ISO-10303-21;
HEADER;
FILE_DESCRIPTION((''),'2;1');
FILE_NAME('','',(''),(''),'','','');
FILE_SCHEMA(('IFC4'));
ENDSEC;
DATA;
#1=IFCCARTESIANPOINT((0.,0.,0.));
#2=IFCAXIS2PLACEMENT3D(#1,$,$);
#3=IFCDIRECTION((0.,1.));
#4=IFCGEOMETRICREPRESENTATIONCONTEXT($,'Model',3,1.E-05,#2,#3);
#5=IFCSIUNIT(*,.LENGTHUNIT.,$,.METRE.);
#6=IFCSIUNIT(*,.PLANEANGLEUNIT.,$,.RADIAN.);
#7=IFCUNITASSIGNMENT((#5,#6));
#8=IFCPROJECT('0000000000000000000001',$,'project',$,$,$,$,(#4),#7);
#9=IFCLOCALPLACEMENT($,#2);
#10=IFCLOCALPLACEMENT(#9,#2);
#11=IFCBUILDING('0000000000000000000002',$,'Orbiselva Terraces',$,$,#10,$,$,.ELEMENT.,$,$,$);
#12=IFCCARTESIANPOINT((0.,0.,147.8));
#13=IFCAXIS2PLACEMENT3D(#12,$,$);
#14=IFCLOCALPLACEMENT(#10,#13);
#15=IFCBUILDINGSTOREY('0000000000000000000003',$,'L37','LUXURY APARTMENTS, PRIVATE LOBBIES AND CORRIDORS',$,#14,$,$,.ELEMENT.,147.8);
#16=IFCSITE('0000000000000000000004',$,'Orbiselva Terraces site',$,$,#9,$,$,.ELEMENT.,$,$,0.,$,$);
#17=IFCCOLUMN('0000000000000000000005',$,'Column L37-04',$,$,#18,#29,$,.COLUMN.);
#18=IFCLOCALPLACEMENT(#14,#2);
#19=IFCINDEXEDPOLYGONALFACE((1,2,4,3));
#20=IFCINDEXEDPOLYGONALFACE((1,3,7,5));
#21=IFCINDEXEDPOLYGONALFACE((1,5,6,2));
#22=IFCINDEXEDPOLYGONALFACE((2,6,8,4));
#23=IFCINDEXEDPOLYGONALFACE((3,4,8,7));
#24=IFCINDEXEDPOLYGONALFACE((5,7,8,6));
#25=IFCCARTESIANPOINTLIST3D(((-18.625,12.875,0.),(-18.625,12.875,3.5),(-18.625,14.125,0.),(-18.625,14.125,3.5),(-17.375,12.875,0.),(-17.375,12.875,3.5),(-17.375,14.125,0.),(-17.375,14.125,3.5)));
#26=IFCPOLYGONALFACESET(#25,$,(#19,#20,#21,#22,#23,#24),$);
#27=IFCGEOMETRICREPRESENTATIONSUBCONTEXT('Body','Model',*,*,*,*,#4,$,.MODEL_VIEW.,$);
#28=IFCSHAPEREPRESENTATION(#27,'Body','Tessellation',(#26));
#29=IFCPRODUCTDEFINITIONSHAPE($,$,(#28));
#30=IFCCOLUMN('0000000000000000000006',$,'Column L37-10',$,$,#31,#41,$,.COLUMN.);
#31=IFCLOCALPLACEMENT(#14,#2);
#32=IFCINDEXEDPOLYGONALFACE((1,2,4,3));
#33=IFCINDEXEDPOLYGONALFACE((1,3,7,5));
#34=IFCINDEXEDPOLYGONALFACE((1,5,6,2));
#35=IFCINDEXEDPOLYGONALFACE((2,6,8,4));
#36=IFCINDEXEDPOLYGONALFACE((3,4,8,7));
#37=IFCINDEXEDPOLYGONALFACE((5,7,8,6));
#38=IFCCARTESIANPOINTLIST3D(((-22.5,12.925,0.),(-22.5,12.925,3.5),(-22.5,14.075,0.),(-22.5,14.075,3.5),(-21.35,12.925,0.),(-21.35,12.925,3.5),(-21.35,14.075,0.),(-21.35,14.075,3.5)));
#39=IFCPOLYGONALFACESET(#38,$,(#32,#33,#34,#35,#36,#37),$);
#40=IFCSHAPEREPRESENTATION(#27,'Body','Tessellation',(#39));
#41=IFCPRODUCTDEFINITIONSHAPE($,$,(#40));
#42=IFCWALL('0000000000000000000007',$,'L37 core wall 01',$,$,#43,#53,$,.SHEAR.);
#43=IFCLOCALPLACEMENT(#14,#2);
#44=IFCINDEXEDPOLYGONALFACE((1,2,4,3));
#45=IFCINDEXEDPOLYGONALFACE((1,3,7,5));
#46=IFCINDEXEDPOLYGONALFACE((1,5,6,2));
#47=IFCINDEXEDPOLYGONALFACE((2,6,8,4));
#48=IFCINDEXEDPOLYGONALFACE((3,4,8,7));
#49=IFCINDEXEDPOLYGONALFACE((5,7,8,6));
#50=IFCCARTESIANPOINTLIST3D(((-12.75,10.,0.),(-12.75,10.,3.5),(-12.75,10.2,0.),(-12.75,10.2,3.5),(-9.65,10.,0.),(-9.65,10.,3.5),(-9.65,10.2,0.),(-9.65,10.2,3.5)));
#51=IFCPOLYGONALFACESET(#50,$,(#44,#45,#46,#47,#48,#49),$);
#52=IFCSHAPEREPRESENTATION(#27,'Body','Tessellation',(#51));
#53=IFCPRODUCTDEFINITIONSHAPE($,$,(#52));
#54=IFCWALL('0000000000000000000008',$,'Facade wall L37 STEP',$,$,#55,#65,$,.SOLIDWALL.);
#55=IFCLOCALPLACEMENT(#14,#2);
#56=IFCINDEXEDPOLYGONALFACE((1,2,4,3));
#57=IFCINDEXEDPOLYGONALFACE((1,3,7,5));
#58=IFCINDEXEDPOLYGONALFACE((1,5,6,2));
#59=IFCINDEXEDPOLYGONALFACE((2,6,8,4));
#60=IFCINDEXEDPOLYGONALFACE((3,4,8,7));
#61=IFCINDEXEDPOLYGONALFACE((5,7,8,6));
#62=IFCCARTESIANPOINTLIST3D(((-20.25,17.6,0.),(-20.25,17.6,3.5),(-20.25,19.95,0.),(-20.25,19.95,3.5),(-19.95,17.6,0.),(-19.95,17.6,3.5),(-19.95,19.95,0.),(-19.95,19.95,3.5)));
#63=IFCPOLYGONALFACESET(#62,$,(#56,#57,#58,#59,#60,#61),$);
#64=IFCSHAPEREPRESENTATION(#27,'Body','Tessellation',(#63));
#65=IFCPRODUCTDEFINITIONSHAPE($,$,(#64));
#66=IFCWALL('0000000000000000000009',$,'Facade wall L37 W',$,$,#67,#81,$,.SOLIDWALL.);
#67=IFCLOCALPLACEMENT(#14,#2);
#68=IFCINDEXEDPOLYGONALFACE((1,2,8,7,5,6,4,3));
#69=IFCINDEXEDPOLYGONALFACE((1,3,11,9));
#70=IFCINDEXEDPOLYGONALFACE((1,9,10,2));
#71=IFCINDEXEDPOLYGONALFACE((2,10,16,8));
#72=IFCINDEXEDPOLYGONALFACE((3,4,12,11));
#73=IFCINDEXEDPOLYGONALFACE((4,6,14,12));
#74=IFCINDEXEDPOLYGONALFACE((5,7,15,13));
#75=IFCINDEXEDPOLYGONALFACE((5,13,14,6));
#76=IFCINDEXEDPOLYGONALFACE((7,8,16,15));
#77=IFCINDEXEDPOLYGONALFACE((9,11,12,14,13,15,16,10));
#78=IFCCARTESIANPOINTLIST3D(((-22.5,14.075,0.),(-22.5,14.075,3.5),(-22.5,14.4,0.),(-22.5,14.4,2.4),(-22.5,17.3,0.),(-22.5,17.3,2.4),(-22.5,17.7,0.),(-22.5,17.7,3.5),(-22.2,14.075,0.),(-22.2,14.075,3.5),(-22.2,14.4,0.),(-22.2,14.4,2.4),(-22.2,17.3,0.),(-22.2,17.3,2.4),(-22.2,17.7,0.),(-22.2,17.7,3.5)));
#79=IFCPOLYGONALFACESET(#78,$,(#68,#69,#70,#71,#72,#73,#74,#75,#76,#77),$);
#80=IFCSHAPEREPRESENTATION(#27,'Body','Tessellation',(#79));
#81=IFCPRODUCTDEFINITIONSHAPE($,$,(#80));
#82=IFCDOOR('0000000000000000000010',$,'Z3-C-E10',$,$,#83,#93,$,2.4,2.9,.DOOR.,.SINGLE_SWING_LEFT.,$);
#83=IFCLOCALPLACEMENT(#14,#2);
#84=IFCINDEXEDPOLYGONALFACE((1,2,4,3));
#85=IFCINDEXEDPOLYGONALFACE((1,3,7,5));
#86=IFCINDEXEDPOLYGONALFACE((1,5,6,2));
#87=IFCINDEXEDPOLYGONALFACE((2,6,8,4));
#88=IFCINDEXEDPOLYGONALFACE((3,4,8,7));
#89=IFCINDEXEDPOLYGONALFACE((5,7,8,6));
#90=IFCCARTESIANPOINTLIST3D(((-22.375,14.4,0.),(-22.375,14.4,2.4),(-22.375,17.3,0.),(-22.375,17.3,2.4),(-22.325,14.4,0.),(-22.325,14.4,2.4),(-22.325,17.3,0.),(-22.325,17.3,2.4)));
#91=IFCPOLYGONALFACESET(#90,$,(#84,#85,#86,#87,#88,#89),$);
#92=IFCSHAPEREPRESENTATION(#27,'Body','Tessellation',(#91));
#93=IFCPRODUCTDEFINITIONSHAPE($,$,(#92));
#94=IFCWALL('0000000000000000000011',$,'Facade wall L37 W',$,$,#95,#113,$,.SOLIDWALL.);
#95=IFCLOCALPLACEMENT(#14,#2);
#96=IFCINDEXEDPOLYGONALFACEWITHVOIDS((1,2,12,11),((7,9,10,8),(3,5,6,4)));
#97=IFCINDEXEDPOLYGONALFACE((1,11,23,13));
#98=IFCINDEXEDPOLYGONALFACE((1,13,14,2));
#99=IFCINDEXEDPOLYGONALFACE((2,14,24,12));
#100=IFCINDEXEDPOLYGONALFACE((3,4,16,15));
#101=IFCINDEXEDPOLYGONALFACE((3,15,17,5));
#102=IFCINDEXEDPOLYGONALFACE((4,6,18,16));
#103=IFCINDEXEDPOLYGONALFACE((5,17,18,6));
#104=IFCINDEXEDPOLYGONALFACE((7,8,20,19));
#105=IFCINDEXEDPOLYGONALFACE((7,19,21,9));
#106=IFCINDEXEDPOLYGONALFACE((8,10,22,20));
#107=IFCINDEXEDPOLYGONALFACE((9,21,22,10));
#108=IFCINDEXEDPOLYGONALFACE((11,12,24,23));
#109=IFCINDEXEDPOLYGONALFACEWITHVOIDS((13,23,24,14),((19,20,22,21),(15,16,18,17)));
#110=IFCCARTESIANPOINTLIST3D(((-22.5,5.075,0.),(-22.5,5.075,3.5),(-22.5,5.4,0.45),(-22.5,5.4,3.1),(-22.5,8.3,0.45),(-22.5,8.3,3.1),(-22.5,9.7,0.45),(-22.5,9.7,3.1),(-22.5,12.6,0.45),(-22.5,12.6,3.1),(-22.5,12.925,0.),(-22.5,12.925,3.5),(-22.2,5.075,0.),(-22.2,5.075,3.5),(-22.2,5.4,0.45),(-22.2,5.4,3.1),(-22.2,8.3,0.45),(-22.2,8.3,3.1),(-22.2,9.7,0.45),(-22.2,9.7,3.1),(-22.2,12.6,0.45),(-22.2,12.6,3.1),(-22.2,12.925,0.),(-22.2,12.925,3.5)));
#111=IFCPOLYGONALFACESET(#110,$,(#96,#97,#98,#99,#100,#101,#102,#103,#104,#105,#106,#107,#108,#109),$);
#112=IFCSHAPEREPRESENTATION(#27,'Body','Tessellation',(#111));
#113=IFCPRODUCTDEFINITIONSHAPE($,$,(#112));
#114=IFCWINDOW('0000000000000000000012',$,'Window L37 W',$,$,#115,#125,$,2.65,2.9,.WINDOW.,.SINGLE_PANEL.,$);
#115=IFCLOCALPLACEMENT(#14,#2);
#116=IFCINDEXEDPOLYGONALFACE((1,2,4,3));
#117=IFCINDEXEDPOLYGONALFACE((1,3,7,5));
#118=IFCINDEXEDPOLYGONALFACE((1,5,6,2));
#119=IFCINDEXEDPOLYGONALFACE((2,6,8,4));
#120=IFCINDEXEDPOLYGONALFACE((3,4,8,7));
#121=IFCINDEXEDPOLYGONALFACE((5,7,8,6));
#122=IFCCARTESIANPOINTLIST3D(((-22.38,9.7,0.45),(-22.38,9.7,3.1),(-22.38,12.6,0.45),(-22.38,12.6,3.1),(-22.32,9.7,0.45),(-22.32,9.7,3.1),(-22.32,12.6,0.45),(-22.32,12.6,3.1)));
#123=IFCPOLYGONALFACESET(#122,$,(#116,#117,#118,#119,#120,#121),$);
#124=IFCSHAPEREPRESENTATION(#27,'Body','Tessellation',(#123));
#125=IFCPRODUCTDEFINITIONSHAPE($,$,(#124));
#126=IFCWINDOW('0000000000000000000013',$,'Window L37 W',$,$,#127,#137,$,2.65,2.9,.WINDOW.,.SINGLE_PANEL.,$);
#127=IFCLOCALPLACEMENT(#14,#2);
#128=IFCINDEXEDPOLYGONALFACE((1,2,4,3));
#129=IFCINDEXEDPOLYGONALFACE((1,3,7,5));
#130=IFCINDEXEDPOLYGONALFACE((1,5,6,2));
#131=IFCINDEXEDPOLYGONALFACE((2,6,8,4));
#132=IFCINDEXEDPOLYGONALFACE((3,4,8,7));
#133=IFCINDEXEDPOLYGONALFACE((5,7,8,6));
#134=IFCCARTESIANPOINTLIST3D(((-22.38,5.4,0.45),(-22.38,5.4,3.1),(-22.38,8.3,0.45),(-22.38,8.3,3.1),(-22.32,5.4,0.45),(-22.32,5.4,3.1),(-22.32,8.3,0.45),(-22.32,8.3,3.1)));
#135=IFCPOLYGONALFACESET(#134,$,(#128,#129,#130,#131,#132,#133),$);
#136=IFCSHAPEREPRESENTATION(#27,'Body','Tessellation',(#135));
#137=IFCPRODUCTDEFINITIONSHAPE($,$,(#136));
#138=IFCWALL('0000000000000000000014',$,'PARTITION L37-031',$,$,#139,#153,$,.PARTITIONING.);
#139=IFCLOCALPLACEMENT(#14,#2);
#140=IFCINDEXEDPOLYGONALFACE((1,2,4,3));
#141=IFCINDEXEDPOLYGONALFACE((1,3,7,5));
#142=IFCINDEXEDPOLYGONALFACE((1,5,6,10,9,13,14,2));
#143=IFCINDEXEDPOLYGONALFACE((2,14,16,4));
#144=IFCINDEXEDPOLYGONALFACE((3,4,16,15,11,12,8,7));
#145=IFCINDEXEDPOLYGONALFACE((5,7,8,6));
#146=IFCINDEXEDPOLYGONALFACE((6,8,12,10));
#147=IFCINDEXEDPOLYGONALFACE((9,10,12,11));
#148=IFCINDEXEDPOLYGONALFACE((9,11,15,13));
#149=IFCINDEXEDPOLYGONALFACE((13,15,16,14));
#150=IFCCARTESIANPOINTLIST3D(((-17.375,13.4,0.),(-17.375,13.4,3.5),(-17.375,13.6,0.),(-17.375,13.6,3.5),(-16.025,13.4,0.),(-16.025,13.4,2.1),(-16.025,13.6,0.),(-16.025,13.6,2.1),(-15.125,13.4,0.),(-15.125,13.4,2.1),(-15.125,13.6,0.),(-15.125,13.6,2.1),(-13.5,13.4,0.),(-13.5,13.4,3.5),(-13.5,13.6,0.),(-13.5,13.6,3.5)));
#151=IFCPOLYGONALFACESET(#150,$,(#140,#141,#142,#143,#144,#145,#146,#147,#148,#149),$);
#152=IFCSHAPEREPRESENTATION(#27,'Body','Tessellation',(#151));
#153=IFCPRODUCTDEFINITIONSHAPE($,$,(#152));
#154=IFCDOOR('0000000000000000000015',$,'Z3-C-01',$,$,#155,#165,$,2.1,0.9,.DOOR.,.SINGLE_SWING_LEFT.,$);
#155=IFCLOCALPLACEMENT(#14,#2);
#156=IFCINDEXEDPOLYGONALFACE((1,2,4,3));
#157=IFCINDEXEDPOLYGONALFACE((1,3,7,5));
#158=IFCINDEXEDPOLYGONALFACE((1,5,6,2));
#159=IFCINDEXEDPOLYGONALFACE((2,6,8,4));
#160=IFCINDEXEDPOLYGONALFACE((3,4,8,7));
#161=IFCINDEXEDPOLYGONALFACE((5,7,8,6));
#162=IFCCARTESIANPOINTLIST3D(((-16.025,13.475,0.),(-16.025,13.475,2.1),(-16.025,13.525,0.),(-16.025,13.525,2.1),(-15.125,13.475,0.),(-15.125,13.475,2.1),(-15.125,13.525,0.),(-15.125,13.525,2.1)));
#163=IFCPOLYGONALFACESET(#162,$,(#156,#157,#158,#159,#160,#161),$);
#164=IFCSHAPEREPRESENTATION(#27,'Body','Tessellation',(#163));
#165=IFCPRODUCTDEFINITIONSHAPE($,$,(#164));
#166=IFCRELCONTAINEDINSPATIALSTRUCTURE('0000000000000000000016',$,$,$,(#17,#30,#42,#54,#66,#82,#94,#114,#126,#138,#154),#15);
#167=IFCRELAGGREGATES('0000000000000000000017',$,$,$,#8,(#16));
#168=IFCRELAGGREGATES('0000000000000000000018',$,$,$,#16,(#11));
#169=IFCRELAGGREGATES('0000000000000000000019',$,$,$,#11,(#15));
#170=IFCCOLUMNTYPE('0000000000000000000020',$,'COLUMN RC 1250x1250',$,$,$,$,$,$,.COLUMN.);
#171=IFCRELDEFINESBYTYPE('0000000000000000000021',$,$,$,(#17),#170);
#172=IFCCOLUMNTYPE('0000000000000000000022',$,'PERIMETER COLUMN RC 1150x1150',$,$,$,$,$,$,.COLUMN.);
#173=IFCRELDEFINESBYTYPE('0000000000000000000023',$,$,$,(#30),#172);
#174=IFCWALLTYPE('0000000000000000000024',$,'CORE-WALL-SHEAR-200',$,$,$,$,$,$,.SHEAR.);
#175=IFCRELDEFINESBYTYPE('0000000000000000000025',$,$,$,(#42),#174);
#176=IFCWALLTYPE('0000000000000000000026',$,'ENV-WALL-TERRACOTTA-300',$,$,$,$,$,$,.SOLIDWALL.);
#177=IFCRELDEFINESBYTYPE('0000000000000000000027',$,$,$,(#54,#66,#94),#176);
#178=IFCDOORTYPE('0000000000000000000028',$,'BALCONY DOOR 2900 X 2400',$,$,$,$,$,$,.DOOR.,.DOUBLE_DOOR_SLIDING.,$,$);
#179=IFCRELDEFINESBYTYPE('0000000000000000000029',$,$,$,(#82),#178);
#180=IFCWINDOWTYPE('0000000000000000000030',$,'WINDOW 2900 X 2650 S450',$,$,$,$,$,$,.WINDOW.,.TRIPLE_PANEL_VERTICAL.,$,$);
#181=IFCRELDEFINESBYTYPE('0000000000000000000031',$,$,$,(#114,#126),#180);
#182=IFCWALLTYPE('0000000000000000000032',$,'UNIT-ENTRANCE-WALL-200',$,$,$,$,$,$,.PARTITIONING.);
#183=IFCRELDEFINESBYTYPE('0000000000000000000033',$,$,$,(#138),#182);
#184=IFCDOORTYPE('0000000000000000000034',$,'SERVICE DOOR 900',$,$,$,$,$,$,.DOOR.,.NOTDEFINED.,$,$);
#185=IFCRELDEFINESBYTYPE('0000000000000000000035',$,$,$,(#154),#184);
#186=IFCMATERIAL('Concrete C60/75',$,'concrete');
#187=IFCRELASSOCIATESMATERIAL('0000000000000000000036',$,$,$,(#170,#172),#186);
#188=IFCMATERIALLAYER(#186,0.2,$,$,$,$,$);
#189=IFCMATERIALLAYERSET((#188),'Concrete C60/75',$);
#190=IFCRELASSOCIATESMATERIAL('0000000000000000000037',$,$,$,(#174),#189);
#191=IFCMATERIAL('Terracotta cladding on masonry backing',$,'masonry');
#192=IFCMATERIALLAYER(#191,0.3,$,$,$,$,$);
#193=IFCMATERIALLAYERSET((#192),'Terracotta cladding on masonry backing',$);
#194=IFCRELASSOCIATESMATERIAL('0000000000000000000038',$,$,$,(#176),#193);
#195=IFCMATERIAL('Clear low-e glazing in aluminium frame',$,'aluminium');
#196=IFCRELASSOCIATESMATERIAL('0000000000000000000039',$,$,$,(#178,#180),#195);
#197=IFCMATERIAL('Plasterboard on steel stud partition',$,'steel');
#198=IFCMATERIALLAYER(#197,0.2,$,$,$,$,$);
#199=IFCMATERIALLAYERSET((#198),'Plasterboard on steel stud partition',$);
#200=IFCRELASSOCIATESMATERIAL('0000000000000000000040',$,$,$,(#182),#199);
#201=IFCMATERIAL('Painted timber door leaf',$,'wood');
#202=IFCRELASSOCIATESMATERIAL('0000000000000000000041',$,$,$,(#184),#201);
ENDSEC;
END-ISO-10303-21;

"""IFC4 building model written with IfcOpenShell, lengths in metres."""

from ifc_helpers import new_model, si_unit, direction, frame, frame_2d, origin, origin_2d, place, context, subcontext, project, spatial, rectangle, extrude, material, layer, layer_set, material_profile, profile_set, type_object, element, fill, save


model = new_model("IFC4")

# Units and contexts
model_context = context("Model", 3, precision=1e-05, world=origin(), true_north=direction((0.0, 1.0)))
body_context = subcontext(model_context, "Body", "Model", "MODEL_VIEW")
ifc_project = project(units=[si_unit("LENGTHUNIT", "METRE"), si_unit("PLANEANGLEUNIT", "RADIAN")], contexts=[model_context])

# Site, building, storey
site_placement = place(None, origin())
site = spatial("IfcSite", under=ifc_project, at=site_placement, Name="Orbiselva Terraces site", CompositionType="ELEMENT", RefElevation=0.0)
building_placement = place(site_placement, origin())
building = spatial("IfcBuilding", under=site, at=building_placement, Name="Orbiselva Terraces", CompositionType="ELEMENT")
storey_placement = place(building_placement, frame((0.0, 0.0, 147.8)))
storey = spatial("IfcBuildingStorey", under=building, at=storey_placement, Name="L37", Description="LUXURY APARTMENTS, PRIVATE LOBBIES AND CORRIDORS", CompositionType="ELEMENT", Elevation=147.8)

# Columns
ifc_material_1 = material(Name="Concrete C60/75", Category="concrete")
ifc_material_profile_1 = material_profile(ifc_material_1, rectangle(XDim=1.25, YDim=1.25, at=origin_2d()), Name="RC 1250x1250")
ifc_profile_set_1 = profile_set([ifc_material_profile_1], Name="Concrete C60/75")
column_type_1 = type_object("IfcColumnType", Name="COLUMN RC 1250x1250", PredefinedType="COLUMN", material=ifc_profile_set_1)
column_1_placement = place(storey_placement, frame((-18.0, 13.5, 0.0), z_axis=(0.0, 0.0, 1.0), x_axis=(1.0, 0.0, 0.0)))
element("IfcColumn", 1, at=column_1_placement, inside=storey, type_object=column_type_1, Name="Column L37-04", PredefinedType="COLUMN", context=body_context, shape_type="SweptSolid", body=[
    extrude(rectangle(XDim=1.25, YDim=1.25, at=origin_2d()), origin(), (0.0, 0.0, 1.0), 3.5),
])
ifc_material_profile_2 = material_profile(ifc_material_1, rectangle(XDim=1.15, YDim=1.15, at=origin_2d()), Name="RC 1150x1150")
ifc_profile_set_2 = profile_set([ifc_material_profile_2], Name="Concrete C60/75")
column_type_2 = type_object("IfcColumnType", Name="PERIMETER COLUMN RC 1150x1150", PredefinedType="COLUMN", material=ifc_profile_set_2)
column_2_placement = place(storey_placement, frame((-21.925, 13.5, 0.0), z_axis=(0.0, 0.0, 1.0), x_axis=(1.0, 0.0, 0.0)))
element("IfcColumn", 2, at=column_2_placement, inside=storey, type_object=column_type_2, Name="Column L37-10", PredefinedType="COLUMN", context=body_context, shape_type="SweptSolid", body=[
    extrude(rectangle(XDim=1.15, YDim=1.15, at=origin_2d()), origin(), (0.0, 0.0, 1.0), 3.5),
])

# Walls
ifc_layer_1 = layer(ifc_material_1, 0.2)
ifc_layer_set_1 = layer_set([ifc_layer_1], Name="Concrete C60/75")
wall_type_1 = type_object("IfcWallType", Name="CORE-WALL-SHEAR-200", PredefinedType="SHEAR", material=ifc_layer_set_1)
wall_1_placement = place(storey_placement, frame((-12.75, 10.1, 0.0), z_axis=(0.0, 0.0, 1.0), x_axis=(1.0, 0.0, 0.0)))
element("IfcWall", 3, at=wall_1_placement, inside=storey, type_object=wall_type_1, Name="L37 core wall 01", PredefinedType="SHEAR", context=body_context, shape_type="SweptSolid", body=[
    extrude(rectangle(XDim=3.1, YDim=0.2, at=frame_2d((1.55, 0.0))), origin(), (0.0, 0.0, 1.0), 3.5),
])
ifc_material_2 = material(Name="Terracotta cladding on masonry backing", Category="masonry")
ifc_layer_2 = layer(ifc_material_2, 0.3)
ifc_layer_set_2 = layer_set([ifc_layer_2], Name="Terracotta cladding on masonry backing")
wall_type_2 = type_object("IfcWallType", Name="ENV-WALL-TERRACOTTA-300", PredefinedType="SOLIDWALL", material=ifc_layer_set_2)
wall_2_placement = place(storey_placement, frame((-20.1, 17.6, 0.0), z_axis=(0.0, 0.0, 1.0), x_axis=(0.0, 1.0, 0.0)))
element("IfcWall", 4, at=wall_2_placement, inside=storey, type_object=wall_type_2, Name="Facade wall L37 STEP", PredefinedType="SOLIDWALL", context=body_context, shape_type="SweptSolid", body=[
    extrude(rectangle(XDim=2.35, YDim=0.3, at=frame_2d((1.175, 0.0))), origin(), (0.0, 0.0, 1.0), 3.5),
])

# Wall, opening, door
wall_3_placement = place(storey_placement, frame((-22.35, 14.075, 0.0), z_axis=(0.0, 0.0, 1.0), x_axis=(0.0, 1.0, 0.0)))
wall_3 = element("IfcWall", 5, at=wall_3_placement, inside=storey, type_object=wall_type_2, Name="Facade wall L37 W", PredefinedType="SOLIDWALL", context=body_context, shape_type="SweptSolid", body=[
    extrude(rectangle(XDim=3.625, YDim=0.3, at=frame_2d((1.8125, 0.0))), origin(), (0.0, 0.0, 1.0), 3.5),
])
opening_1_placement = place(wall_3_placement, frame((0.325, 0.0, 0.0)))
opening_1 = element("IfcOpeningElement", 6, at=opening_1_placement, cuts=wall_3, PredefinedType="OPENING", context=body_context, shape_type="SweptSolid", body=[
    extrude(rectangle(XDim=2.9, YDim=2.4, at=frame_2d((1.45, 1.2))), frame((0.0, 0.16, 0.0), z_axis=(0.0, -1.0, 0.0), x_axis=(1.0, 0.0, 0.0)), (0.0, 0.0, 1.0), 0.32),
])
ifc_material_3 = material(Name="Clear low-e glazing in aluminium frame", Category="aluminium")
door_type_1 = type_object("IfcDoorType", Name="BALCONY DOOR 2900 X 2400", OperationType="DOUBLE_DOOR_SLIDING", PredefinedType="DOOR", material=ifc_material_3)
door_1_placement = place(opening_1_placement, origin())
door_1 = element("IfcDoor", 7, at=door_1_placement, inside=storey, type_object=door_type_1, Name="Z3-C-E10", OperationType="SINGLE_SWING_LEFT", OverallHeight=2.4, OverallWidth=2.9, PredefinedType="DOOR", context=body_context, shape_type="SweptSolid", body=[
    extrude(rectangle(XDim=2.9, YDim=2.4, at=frame_2d((1.45, 1.2))), frame((0.0, 0.025, 0.0), z_axis=(0.0, -1.0, 0.0), x_axis=(1.0, 0.0, 0.0)), (0.0, 0.0, 1.0), 0.05),
])
fill(opening_1, door_1)

# Wall, openings, windows
wall_4_placement = place(storey_placement, frame((-22.35, 5.075, 0.0), z_axis=(0.0, 0.0, 1.0), x_axis=(0.0, 1.0, 0.0)))
wall_4 = element("IfcWall", 8, at=wall_4_placement, inside=storey, type_object=wall_type_2, Name="Facade wall L37 W", PredefinedType="SOLIDWALL", context=body_context, shape_type="SweptSolid", body=[
    extrude(rectangle(XDim=7.85, YDim=0.3, at=frame_2d((3.925, 0.0))), origin(), (0.0, 0.0, 1.0), 3.5),
])
opening_2_placement = place(wall_4_placement, frame((4.625, 0.0, 0.45)))
opening_2 = element("IfcOpeningElement", 9, at=opening_2_placement, cuts=wall_4, PredefinedType="OPENING", context=body_context, shape_type="SweptSolid", body=[
    extrude(rectangle(XDim=2.9, YDim=2.65, at=frame_2d((1.45, 1.325))), frame((0.0, 0.16, 0.0), z_axis=(0.0, -1.0, 0.0), x_axis=(1.0, 0.0, 0.0)), (0.0, 0.0, 1.0), 0.32),
])
opening_3_placement = place(wall_4_placement, frame((0.325, 0.0, 0.45)))
opening_3 = element("IfcOpeningElement", 10, at=opening_3_placement, cuts=wall_4, PredefinedType="OPENING", context=body_context, shape_type="SweptSolid", body=[
    extrude(rectangle(XDim=2.9, YDim=2.65, at=frame_2d((1.45, 1.325))), frame((0.0, 0.16, 0.0), z_axis=(0.0, -1.0, 0.0), x_axis=(1.0, 0.0, 0.0)), (0.0, 0.0, 1.0), 0.32),
])
window_type = type_object("IfcWindowType", Name="WINDOW 2900 X 2650 S450", PartitioningType="TRIPLE_PANEL_VERTICAL", PredefinedType="WINDOW", material=ifc_material_3)
window_1_placement = place(opening_2_placement, origin())
window_1 = element("IfcWindow", 11, at=window_1_placement, inside=storey, type_object=window_type, Name="Window L37 W", OverallHeight=2.65, OverallWidth=2.9, PartitioningType="SINGLE_PANEL", PredefinedType="WINDOW", context=body_context, shape_type="SweptSolid", body=[
    extrude(rectangle(XDim=2.9, YDim=2.65, at=frame_2d((1.45, 1.325))), frame((0.0, 0.03, 0.0), z_axis=(0.0, -1.0, 0.0), x_axis=(1.0, 0.0, 0.0)), (0.0, 0.0, 1.0), 0.06),
])
fill(opening_2, window_1)
window_2_placement = place(opening_3_placement, origin())
window_2 = element("IfcWindow", 12, at=window_2_placement, inside=storey, type_object=window_type, Name="Window L37 W", OverallHeight=2.65, OverallWidth=2.9, PartitioningType="SINGLE_PANEL", PredefinedType="WINDOW", context=body_context, shape_type="SweptSolid", body=[
    extrude(rectangle(XDim=2.9, YDim=2.65, at=frame_2d((1.45, 1.325))), frame((0.0, 0.03, 0.0), z_axis=(0.0, -1.0, 0.0), x_axis=(1.0, 0.0, 0.0)), (0.0, 0.0, 1.0), 0.06),
])
fill(opening_3, window_2)

# Wall, opening, door
ifc_material_4 = material(Name="Plasterboard on steel stud partition", Category="steel")
ifc_layer_3 = layer(ifc_material_4, 0.2)
ifc_layer_set_3 = layer_set([ifc_layer_3], Name="Plasterboard on steel stud partition")
wall_type_3 = type_object("IfcWallType", Name="UNIT-ENTRANCE-WALL-200", PredefinedType="PARTITIONING", material=ifc_layer_set_3)
wall_5_placement = place(storey_placement, frame((-17.375, 13.5, 0.0), z_axis=(0.0, 0.0, 1.0), x_axis=(1.0, 0.0, 0.0)))
wall_5 = element("IfcWall", 13, at=wall_5_placement, inside=storey, type_object=wall_type_3, Name="PARTITION L37-031", PredefinedType="PARTITIONING", context=body_context, shape_type="SweptSolid", body=[
    extrude(rectangle(XDim=3.875, YDim=0.2, at=frame_2d((1.9375, 0.0))), origin(), (0.0, 0.0, 1.0), 3.5),
])
opening_4_placement = place(wall_5_placement, frame((1.35, 0.0, 0.0)))
opening_4 = element("IfcOpeningElement", 14, at=opening_4_placement, cuts=wall_5, PredefinedType="OPENING", context=body_context, shape_type="SweptSolid", body=[
    extrude(rectangle(XDim=0.9, YDim=2.1, at=frame_2d((0.45, 1.05))), frame((0.0, 0.11, 0.0), z_axis=(0.0, -1.0, 0.0), x_axis=(1.0, 0.0, 0.0)), (0.0, 0.0, 1.0), 0.22),
])
ifc_material_5 = material(Name="Painted timber door leaf", Category="wood")
door_type_2 = type_object("IfcDoorType", Name="SERVICE DOOR 900", OperationType="NOTDEFINED", PredefinedType="DOOR", material=ifc_material_5)
door_2_placement = place(opening_4_placement, origin())
door_2 = element("IfcDoor", 15, at=door_2_placement, inside=storey, type_object=door_type_2, Name="Z3-C-01", OperationType="SINGLE_SWING_LEFT", OverallHeight=2.1, OverallWidth=0.9, PredefinedType="DOOR", context=body_context, shape_type="SweptSolid", body=[
    extrude(rectangle(XDim=0.9, YDim=2.1, at=frame_2d((0.45, 1.05))), frame((0.0, 0.025, 0.0), z_axis=(0.0, -1.0, 0.0), x_axis=(1.0, 0.0, 0.0)), (0.0, 0.0, 1.0), 0.05),
])
fill(opening_4, door_2)

save(model, "model.ifc")
